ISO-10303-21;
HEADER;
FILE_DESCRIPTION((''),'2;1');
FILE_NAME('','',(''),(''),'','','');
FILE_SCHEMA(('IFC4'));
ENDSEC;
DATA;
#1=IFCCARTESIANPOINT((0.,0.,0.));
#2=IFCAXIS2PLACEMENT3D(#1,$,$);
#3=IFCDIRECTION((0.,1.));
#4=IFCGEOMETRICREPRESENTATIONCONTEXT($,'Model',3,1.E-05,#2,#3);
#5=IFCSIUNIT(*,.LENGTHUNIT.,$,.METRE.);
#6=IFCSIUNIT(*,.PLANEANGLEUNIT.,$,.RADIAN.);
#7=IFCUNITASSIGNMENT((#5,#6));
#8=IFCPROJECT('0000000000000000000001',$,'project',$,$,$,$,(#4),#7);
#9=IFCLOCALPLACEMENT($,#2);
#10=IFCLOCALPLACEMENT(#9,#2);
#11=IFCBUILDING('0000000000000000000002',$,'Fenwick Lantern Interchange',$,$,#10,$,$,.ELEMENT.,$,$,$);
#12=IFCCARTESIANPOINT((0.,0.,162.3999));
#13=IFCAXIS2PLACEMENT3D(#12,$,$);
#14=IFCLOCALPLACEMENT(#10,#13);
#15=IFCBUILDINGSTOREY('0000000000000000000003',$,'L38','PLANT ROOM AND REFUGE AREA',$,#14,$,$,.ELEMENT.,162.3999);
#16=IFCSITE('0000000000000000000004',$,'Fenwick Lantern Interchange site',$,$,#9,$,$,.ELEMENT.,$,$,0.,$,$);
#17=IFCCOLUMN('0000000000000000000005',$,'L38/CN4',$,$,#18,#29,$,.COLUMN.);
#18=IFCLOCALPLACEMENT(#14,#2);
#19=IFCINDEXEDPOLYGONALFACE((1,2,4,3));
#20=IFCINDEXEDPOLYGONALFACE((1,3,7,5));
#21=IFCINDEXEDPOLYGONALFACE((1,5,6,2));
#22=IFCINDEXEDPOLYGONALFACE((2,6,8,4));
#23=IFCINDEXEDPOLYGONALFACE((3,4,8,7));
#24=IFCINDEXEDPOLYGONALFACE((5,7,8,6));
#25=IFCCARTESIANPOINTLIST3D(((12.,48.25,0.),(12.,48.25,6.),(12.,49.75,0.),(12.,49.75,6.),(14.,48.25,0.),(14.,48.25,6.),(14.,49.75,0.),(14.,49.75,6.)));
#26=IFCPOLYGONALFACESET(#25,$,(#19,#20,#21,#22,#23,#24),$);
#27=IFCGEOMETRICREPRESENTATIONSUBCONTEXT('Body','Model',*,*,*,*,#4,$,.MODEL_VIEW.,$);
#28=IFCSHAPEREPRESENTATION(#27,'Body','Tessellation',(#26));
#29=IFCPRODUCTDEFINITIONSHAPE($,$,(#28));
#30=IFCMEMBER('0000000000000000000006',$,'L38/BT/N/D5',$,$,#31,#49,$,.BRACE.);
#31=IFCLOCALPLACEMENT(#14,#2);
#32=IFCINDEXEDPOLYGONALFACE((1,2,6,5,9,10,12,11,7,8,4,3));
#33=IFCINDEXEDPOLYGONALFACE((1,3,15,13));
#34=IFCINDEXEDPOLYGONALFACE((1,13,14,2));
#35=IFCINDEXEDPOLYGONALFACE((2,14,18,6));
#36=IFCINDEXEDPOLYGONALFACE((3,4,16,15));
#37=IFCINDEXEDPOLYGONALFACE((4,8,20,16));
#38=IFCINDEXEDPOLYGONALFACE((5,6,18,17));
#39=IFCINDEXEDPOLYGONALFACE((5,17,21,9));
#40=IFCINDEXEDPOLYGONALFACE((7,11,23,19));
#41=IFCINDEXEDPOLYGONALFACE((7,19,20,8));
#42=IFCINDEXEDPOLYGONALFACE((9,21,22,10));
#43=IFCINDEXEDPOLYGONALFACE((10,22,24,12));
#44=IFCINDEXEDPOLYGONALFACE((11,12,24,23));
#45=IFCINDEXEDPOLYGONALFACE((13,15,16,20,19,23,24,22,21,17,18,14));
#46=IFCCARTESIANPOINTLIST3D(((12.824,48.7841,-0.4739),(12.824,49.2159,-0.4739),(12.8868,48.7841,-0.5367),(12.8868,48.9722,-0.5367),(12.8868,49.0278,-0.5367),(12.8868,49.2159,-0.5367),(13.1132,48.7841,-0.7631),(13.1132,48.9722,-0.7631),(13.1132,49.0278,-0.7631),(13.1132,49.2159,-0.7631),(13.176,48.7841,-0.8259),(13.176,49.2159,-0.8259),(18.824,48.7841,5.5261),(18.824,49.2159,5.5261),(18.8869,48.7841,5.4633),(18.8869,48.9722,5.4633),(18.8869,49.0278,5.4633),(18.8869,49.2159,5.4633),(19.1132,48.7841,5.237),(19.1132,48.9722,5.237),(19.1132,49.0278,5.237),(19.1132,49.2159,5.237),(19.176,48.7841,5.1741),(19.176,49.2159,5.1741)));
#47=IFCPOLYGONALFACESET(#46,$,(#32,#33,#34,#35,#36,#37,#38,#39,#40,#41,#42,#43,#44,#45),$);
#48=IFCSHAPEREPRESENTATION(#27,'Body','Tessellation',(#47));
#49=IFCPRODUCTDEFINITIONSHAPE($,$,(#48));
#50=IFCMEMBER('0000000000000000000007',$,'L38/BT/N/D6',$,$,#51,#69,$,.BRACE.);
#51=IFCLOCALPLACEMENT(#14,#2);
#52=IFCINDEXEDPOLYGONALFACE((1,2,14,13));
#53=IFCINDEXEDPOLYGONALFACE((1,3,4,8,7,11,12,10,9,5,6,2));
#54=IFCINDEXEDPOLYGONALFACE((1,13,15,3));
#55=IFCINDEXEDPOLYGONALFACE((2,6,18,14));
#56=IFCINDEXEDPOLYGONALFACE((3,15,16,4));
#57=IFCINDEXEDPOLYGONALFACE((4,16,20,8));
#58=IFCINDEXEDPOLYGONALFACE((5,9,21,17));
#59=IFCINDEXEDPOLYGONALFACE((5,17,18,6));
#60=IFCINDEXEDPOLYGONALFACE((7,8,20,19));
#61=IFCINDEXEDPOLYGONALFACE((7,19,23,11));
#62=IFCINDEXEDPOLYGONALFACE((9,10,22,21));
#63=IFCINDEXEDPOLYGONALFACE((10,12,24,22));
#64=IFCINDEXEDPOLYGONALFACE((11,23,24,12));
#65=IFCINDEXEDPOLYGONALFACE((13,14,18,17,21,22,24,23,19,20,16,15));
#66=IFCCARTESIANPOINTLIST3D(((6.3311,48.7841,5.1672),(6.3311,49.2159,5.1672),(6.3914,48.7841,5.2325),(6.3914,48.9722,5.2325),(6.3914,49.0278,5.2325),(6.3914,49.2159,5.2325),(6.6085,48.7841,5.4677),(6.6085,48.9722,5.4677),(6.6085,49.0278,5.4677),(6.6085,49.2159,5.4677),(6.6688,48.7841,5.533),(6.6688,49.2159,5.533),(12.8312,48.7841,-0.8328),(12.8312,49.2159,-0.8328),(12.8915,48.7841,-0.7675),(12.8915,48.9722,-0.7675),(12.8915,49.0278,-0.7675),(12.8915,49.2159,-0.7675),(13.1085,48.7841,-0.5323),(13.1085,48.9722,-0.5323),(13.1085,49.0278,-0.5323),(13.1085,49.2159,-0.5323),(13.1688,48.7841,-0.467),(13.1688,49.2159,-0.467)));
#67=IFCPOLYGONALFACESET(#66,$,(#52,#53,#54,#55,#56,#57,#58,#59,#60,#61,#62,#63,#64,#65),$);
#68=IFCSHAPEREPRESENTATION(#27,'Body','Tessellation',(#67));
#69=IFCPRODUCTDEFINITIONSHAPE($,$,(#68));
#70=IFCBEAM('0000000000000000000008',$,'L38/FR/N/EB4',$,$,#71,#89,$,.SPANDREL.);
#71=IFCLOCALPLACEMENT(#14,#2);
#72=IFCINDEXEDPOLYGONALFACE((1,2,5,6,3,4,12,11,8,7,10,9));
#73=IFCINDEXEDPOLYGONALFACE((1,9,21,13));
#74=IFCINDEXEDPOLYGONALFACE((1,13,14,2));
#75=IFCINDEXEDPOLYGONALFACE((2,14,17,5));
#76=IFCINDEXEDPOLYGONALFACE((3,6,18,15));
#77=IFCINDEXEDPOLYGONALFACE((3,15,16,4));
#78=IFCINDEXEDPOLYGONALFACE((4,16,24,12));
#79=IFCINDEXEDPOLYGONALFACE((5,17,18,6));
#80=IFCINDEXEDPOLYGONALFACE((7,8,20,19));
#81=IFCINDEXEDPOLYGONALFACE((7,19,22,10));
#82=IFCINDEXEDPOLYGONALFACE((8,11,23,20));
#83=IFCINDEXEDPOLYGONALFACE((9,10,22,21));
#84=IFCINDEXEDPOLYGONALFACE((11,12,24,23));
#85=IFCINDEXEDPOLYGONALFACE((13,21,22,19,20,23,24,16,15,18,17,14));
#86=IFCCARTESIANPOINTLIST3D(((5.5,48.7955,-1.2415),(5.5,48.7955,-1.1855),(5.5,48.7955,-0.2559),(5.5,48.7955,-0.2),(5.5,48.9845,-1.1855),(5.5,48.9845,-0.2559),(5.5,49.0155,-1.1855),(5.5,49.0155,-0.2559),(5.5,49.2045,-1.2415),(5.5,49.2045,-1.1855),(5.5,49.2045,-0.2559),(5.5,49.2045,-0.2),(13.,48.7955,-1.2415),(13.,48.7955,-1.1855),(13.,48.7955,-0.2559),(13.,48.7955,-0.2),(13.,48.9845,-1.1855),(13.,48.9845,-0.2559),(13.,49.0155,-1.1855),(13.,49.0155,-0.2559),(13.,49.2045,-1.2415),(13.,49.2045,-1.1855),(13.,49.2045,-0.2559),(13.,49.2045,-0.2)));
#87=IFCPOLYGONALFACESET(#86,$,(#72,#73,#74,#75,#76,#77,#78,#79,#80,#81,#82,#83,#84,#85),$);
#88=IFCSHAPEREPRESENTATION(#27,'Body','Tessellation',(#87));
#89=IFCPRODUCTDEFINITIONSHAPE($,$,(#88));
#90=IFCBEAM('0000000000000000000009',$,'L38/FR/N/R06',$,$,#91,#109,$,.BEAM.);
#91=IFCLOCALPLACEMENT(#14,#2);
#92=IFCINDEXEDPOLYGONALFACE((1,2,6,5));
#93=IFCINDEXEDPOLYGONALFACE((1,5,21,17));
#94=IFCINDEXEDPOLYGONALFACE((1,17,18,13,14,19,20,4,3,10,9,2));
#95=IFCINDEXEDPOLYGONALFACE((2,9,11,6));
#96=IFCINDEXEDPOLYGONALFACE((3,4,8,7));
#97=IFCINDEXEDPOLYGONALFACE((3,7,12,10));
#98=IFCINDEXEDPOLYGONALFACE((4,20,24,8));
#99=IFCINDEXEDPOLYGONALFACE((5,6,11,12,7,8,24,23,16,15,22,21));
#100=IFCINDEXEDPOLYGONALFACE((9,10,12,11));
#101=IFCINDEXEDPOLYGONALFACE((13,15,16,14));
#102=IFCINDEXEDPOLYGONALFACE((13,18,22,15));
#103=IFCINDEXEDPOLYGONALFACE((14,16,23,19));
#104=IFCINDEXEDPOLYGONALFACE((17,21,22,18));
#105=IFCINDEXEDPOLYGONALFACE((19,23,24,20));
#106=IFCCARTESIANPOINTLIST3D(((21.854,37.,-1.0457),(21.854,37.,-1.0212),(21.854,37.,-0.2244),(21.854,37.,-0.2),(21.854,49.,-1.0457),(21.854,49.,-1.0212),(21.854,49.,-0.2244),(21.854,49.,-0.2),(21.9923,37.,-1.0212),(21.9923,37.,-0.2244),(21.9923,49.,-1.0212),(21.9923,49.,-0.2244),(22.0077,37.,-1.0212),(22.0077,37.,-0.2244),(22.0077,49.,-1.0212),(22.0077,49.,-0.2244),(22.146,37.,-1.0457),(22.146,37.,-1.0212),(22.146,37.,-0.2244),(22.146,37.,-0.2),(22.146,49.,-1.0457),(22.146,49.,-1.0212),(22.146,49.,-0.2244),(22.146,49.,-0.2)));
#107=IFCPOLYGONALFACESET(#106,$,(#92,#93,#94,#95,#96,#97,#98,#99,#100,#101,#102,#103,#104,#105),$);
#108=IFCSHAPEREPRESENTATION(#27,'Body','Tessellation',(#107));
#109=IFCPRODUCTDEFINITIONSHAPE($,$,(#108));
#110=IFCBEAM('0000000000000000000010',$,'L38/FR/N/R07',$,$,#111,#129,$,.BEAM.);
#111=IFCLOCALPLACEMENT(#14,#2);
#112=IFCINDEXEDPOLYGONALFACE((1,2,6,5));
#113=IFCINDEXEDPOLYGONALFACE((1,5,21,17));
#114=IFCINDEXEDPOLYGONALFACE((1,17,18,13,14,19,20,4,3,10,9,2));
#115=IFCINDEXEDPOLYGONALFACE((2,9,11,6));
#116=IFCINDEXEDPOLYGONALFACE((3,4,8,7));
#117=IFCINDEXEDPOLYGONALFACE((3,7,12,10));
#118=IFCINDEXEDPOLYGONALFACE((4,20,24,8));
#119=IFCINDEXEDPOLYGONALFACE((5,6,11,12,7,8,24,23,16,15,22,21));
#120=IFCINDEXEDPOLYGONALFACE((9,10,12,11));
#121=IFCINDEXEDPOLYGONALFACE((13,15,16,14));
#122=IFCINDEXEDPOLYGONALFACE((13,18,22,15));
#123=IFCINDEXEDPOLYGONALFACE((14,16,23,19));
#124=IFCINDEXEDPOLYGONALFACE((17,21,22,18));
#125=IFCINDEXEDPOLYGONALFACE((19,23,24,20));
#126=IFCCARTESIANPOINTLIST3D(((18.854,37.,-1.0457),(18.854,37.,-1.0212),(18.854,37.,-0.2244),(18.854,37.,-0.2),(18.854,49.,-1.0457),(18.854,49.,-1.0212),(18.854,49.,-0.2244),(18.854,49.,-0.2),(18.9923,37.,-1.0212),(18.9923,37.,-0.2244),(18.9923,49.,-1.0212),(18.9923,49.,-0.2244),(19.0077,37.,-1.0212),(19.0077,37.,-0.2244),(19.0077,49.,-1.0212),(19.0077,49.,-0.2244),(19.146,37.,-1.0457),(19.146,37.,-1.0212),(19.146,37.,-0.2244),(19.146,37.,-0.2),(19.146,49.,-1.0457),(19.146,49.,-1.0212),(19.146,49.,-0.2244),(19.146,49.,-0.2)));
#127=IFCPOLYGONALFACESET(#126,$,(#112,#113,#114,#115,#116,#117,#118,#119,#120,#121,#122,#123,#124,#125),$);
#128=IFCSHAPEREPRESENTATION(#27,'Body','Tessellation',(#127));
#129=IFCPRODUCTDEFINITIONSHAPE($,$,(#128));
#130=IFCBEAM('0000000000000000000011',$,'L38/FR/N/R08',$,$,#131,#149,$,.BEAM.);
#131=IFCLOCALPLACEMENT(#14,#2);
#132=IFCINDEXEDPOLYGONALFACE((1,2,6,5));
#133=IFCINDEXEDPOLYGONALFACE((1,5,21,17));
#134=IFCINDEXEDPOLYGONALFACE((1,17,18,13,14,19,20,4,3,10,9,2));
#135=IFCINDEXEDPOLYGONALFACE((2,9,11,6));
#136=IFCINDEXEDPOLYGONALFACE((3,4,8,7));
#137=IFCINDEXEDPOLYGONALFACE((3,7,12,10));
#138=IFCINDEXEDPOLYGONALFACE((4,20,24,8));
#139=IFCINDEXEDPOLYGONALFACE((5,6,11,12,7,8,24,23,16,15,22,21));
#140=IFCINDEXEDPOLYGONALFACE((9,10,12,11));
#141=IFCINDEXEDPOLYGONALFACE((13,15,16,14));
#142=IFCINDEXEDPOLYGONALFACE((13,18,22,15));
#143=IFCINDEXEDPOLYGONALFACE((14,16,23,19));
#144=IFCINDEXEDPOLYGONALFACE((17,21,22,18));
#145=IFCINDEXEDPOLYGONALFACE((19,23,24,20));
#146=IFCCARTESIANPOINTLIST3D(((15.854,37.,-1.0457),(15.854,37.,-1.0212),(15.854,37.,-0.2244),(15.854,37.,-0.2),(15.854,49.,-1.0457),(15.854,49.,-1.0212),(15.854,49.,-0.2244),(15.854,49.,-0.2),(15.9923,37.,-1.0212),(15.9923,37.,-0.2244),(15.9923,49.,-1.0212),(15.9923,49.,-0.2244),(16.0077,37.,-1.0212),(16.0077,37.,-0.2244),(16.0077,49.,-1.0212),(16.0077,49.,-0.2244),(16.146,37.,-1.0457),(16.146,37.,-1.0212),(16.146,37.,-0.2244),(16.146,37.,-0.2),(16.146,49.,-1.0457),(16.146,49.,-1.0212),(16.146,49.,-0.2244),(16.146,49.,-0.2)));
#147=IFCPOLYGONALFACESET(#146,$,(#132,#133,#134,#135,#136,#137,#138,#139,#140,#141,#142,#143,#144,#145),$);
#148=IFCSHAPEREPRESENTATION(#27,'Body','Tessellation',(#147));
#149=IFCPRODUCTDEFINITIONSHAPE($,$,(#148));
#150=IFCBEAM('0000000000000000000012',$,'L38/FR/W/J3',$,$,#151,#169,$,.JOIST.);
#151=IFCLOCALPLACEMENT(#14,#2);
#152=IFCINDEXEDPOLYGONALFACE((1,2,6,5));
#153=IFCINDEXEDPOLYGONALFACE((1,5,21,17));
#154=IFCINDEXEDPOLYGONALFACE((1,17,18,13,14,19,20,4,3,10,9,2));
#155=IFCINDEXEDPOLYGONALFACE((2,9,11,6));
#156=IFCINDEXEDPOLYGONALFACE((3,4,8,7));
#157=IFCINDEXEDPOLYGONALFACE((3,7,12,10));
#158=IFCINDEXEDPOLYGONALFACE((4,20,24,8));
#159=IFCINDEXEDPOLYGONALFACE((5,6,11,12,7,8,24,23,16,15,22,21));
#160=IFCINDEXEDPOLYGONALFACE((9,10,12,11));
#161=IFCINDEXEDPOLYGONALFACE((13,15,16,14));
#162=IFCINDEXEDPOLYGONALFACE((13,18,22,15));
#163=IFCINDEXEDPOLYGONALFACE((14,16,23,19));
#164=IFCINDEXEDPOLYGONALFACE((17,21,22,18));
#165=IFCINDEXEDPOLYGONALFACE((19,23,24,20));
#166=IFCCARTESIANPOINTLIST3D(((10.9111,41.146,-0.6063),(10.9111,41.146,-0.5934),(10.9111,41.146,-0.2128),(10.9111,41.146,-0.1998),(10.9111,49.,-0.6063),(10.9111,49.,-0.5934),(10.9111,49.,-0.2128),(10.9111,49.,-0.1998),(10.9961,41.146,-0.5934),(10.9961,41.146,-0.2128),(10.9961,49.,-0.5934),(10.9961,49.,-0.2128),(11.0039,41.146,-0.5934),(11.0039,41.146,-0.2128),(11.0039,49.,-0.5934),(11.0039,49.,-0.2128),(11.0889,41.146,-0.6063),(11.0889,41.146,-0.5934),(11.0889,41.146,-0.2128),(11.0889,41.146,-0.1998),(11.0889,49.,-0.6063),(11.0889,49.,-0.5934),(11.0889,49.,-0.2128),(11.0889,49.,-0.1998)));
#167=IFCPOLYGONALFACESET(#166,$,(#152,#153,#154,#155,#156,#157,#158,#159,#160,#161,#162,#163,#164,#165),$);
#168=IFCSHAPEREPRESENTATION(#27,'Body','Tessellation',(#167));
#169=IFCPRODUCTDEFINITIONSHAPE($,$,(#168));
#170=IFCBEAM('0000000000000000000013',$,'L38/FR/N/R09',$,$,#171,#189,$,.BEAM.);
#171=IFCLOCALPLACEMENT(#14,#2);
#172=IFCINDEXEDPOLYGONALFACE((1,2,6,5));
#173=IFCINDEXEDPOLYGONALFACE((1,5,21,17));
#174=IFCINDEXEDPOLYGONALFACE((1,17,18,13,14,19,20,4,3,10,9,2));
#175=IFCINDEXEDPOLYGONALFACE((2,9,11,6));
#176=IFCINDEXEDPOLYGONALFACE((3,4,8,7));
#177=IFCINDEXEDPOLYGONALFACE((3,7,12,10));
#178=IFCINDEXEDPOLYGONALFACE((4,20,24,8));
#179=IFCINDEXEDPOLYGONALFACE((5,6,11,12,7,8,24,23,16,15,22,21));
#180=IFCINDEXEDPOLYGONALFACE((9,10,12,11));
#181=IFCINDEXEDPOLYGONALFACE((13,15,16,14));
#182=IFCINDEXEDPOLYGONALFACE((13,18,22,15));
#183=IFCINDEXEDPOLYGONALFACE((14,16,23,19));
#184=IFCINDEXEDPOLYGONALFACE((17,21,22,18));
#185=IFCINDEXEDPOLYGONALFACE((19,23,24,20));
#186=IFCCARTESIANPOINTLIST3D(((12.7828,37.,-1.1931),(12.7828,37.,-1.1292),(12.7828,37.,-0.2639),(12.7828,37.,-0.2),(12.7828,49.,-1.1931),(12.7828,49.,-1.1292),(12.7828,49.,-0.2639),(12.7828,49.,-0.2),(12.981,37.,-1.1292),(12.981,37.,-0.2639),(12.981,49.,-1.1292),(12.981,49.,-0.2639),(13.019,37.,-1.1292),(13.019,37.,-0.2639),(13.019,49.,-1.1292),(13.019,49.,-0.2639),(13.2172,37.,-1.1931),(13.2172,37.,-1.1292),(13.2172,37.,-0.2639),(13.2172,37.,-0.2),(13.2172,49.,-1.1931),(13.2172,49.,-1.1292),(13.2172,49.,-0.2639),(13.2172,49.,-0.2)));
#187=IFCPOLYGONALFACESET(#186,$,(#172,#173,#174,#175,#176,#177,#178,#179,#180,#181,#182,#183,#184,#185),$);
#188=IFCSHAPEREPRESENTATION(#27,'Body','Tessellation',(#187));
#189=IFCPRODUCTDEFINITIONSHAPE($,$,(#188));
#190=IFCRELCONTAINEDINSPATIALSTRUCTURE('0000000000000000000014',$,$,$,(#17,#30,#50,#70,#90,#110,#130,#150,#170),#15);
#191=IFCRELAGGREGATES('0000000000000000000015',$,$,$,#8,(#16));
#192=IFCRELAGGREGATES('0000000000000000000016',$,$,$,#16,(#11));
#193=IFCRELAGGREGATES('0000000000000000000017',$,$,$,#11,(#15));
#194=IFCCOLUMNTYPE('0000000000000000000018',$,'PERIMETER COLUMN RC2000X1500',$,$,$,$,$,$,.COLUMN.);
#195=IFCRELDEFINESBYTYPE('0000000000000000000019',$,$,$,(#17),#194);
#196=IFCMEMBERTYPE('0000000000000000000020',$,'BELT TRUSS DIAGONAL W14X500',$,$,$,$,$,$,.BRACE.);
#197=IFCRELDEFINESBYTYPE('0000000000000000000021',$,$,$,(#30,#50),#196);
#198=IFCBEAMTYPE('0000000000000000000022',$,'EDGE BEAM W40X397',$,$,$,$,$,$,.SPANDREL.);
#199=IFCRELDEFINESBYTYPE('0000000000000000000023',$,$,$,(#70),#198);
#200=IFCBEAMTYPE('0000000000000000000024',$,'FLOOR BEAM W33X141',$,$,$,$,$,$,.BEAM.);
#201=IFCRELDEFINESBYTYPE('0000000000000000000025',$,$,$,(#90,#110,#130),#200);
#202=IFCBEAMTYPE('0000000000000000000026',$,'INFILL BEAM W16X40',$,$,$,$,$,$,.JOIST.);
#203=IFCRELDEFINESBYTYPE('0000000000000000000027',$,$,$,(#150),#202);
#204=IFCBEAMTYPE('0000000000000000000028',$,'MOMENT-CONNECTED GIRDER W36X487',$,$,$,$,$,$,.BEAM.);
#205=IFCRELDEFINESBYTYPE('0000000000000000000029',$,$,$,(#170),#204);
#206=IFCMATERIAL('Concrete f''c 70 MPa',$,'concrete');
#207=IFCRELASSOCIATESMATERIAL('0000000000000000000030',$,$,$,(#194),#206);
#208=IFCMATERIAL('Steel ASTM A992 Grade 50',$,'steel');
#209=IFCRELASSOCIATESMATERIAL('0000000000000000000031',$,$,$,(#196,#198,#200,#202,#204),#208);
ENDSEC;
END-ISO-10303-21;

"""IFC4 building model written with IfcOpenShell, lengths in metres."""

from ifc_helpers import new_model, si_unit, direction, frame, origin, origin_2d, place, context, subcontext, project, spatial, rectangle, i_section, extrude, material, material_profile, profile_set, type_object, element, save


model = new_model("IFC4")

# Units and contexts
model_context = context("Model", 3, precision=1e-05, world=origin(), true_north=direction((0.0, 1.0)))
body_context = subcontext(model_context, "Body", "Model", "MODEL_VIEW")
ifc_project = project(units=[si_unit("LENGTHUNIT", "METRE"), si_unit("PLANEANGLEUNIT", "RADIAN")], contexts=[model_context])

# Site, building, storey
site_placement = place(None, origin())
site = spatial("IfcSite", under=ifc_project, at=site_placement, Name="Fenwick Lantern Interchange site", CompositionType="ELEMENT", RefElevation=0.0)
building_placement = place(site_placement, origin())
building = spatial("IfcBuilding", under=site, at=building_placement, Name="Fenwick Lantern Interchange", CompositionType="ELEMENT")
storey_placement = place(building_placement, frame((0.0, 0.0, 162.3999)))
storey = spatial("IfcBuildingStorey", under=building, at=storey_placement, Name="L38", Description="PLANT ROOM AND REFUGE AREA", CompositionType="ELEMENT", Elevation=162.3999)

# Column
ifc_material_1 = material(Name="Concrete f'c 70 MPa", Category="concrete")
ifc_material_profile_1 = material_profile(ifc_material_1, rectangle(XDim=2.0, YDim=1.5, at=origin_2d()), Name="RC2000X1500")
ifc_profile_set_1 = profile_set([ifc_material_profile_1], Name="Concrete f'c 70 MPa")
column_type = type_object("IfcColumnType", Name="PERIMETER COLUMN RC2000X1500", PredefinedType="COLUMN", material=ifc_profile_set_1)
column_placement = place(storey_placement, frame((13.0, 49.0, 0.0), z_axis=(0.0, 0.0, 1.0), x_axis=(1.0, 0.0, 0.0)))
element("IfcColumn", 1, at=column_placement, inside=storey, type_object=column_type, Name="L38/CN4", PredefinedType="COLUMN", context=body_context, shape_type="SweptSolid", body=[
    extrude(rectangle(XDim=2.0, YDim=1.5, at=origin_2d()), origin(), (0.0, 0.0, 1.0), 6.0),
])

# Members
ifc_material_2 = material(Name="Steel ASTM A992 Grade 50", Category="steel")
ifc_material_profile_2 = material_profile(ifc_material_2, i_section(OverallWidth=0.4319, OverallDepth=0.4978, WebThickness=0.0557, FlangeThickness=0.0889, at=origin_2d()), Name="W14X500")
ifc_profile_set_2 = profile_set([ifc_material_profile_2], Name="Steel ASTM A992 Grade 50")
member_type_1 = type_object("IfcMemberType", Name="BELT TRUSS DIAGONAL W14X500", PredefinedType="BRACE", material=ifc_profile_set_2)
member_1_placement = place(storey_placement, frame((13.0, 49.0, -0.6499), z_axis=(0.707107, 0.0, 0.707107), x_axis=(0.0, 1.0, 0.0)))
element("IfcMember", 2, at=member_1_placement, inside=storey, type_object=member_type_1, Name="L38/BT/N/D5", PredefinedType="BRACE", context=body_context, shape_type="SweptSolid", body=[
    extrude(i_section(OverallWidth=0.4319, OverallDepth=0.4978, WebThickness=0.0557, FlangeThickness=0.0889, at=origin_2d()), origin(), (0.0, 0.0, 1.0), 8.4854),
])
member_2_placement = place(storey_placement, frame((13.0, 49.0, -0.6499), z_axis=(-0.734803, 0.0, 0.67828), x_axis=(0.0, -1.0, 0.0)))
element("IfcMember", 3, at=member_2_placement, inside=storey, type_object=member_type_1, Name="L38/BT/N/D6", PredefinedType="BRACE", context=body_context, shape_type="SweptSolid", body=[
    extrude(i_section(OverallWidth=0.4319, OverallDepth=0.4978, WebThickness=0.0557, FlangeThickness=0.0889, at=origin_2d()), origin(), (0.0, 0.0, 1.0), 8.8459),
])

# Beams
ifc_material_profile_3 = material_profile(ifc_material_2, i_section(OverallWidth=0.4089, OverallDepth=1.0415, WebThickness=0.031, FlangeThickness=0.0559, at=origin_2d()), Name="W40X397")
ifc_profile_set_3 = profile_set([ifc_material_profile_3], Name="Steel ASTM A992 Grade 50")
beam_type_1 = type_object("IfcBeamType", Name="EDGE BEAM W40X397", PredefinedType="SPANDREL", material=ifc_profile_set_3)
beam_1_placement = place(storey_placement, frame((13.0, 49.0, -0.7207), z_axis=(-1.0, 0.0, 0.0), x_axis=(0.0, -1.0, 0.0)))
element("IfcBeam", 4, at=beam_1_placement, inside=storey, type_object=beam_type_1, Name="L38/FR/N/EB4", PredefinedType="SPANDREL", context=body_context, shape_type="SweptSolid", body=[
    extrude(i_section(OverallWidth=0.4089, OverallDepth=1.0415, WebThickness=0.031, FlangeThickness=0.0559, at=origin_2d()), origin(), (0.0, 0.0, 1.0), 7.5),
])
ifc_material_profile_4 = material_profile(ifc_material_2, i_section(OverallWidth=0.292, OverallDepth=0.8457, WebThickness=0.0154, FlangeThickness=0.0244, at=origin_2d()), Name="W33X141")
ifc_profile_set_4 = profile_set([ifc_material_profile_4], Name="Steel ASTM A992 Grade 50")
beam_type_2 = type_object("IfcBeamType", Name="FLOOR BEAM W33X141", PredefinedType="BEAM", material=ifc_profile_set_4)
for number, where, z_axis, x_axis, name in (
    (5, (22.0, 49.0, -0.6228), (0.0, -1.0, 0.0), (1.0, 0.0, 0.0), "L38/FR/N/R06"),
    (6, (19.0, 49.0, -0.6228), (0.0, -1.0, 0.0), (1.0, 0.0, 0.0), "L38/FR/N/R07"),
    (7, (16.0, 49.0, -0.6228), (0.0, -1.0, 0.0), (1.0, 0.0, 0.0), "L38/FR/N/R08"),
):
    element("IfcBeam", number, at=place(storey_placement, frame(where, z_axis=z_axis, x_axis=x_axis)), inside=storey, type_object=beam_type_2, Name=name, PredefinedType="BEAM", context=body_context, shape_type="SweptSolid", body=[
        extrude(i_section(OverallWidth=0.292, OverallDepth=0.8457, WebThickness=0.0154, FlangeThickness=0.0244, at=origin_2d()), origin(), (0.0, 0.0, 1.0), 12.0),
    ])
ifc_material_profile_5 = material_profile(ifc_material_2, i_section(OverallWidth=0.1777, OverallDepth=0.4065, WebThickness=0.0078, FlangeThickness=0.0129, at=origin_2d()), Name="W16X40")
ifc_profile_set_5 = profile_set([ifc_material_profile_5], Name="Steel ASTM A992 Grade 50")
beam_type_3 = type_object("IfcBeamType", Name="INFILL BEAM W16X40", PredefinedType="JOIST", material=ifc_profile_set_5)
beam_2_placement = place(storey_placement, frame((11.0, 49.0, -0.4031), z_axis=(0.0, -1.0, 0.0), x_axis=(1.0, 0.0, 0.0)))
element("IfcBeam", 8, at=beam_2_placement, inside=storey, type_object=beam_type_3, Name="L38/FR/W/J3", PredefinedType="JOIST", context=body_context, shape_type="SweptSolid", body=[
    extrude(i_section(OverallWidth=0.1777, OverallDepth=0.4065, WebThickness=0.0078, FlangeThickness=0.0129, at=origin_2d()), origin(), (0.0, 0.0, 1.0), 7.854),
])
ifc_material_profile_6 = material_profile(ifc_material_2, i_section(OverallWidth=0.4343, OverallDepth=0.9932, WebThickness=0.0381, FlangeThickness=0.064, at=origin_2d()), Name="W36X487")
ifc_profile_set_6 = profile_set([ifc_material_profile_6], Name="Steel ASTM A992 Grade 50")
beam_type_4 = type_object("IfcBeamType", Name="MOMENT-CONNECTED GIRDER W36X487", PredefinedType="BEAM", material=ifc_profile_set_6)
beam_3_placement = place(storey_placement, frame((13.0, 49.0, -0.6965), z_axis=(0.0, -1.0, 0.0), x_axis=(1.0, 0.0, 0.0)))
element("IfcBeam", 9, at=beam_3_placement, inside=storey, type_object=beam_type_4, Name="L38/FR/N/R09", PredefinedType="BEAM", context=body_context, shape_type="SweptSolid", body=[
    extrude(i_section(OverallWidth=0.4343, OverallDepth=0.9932, WebThickness=0.0381, FlangeThickness=0.064, at=origin_2d()), origin(), (0.0, 0.0, 1.0), 12.0),
])

save(model, "model.ifc")
